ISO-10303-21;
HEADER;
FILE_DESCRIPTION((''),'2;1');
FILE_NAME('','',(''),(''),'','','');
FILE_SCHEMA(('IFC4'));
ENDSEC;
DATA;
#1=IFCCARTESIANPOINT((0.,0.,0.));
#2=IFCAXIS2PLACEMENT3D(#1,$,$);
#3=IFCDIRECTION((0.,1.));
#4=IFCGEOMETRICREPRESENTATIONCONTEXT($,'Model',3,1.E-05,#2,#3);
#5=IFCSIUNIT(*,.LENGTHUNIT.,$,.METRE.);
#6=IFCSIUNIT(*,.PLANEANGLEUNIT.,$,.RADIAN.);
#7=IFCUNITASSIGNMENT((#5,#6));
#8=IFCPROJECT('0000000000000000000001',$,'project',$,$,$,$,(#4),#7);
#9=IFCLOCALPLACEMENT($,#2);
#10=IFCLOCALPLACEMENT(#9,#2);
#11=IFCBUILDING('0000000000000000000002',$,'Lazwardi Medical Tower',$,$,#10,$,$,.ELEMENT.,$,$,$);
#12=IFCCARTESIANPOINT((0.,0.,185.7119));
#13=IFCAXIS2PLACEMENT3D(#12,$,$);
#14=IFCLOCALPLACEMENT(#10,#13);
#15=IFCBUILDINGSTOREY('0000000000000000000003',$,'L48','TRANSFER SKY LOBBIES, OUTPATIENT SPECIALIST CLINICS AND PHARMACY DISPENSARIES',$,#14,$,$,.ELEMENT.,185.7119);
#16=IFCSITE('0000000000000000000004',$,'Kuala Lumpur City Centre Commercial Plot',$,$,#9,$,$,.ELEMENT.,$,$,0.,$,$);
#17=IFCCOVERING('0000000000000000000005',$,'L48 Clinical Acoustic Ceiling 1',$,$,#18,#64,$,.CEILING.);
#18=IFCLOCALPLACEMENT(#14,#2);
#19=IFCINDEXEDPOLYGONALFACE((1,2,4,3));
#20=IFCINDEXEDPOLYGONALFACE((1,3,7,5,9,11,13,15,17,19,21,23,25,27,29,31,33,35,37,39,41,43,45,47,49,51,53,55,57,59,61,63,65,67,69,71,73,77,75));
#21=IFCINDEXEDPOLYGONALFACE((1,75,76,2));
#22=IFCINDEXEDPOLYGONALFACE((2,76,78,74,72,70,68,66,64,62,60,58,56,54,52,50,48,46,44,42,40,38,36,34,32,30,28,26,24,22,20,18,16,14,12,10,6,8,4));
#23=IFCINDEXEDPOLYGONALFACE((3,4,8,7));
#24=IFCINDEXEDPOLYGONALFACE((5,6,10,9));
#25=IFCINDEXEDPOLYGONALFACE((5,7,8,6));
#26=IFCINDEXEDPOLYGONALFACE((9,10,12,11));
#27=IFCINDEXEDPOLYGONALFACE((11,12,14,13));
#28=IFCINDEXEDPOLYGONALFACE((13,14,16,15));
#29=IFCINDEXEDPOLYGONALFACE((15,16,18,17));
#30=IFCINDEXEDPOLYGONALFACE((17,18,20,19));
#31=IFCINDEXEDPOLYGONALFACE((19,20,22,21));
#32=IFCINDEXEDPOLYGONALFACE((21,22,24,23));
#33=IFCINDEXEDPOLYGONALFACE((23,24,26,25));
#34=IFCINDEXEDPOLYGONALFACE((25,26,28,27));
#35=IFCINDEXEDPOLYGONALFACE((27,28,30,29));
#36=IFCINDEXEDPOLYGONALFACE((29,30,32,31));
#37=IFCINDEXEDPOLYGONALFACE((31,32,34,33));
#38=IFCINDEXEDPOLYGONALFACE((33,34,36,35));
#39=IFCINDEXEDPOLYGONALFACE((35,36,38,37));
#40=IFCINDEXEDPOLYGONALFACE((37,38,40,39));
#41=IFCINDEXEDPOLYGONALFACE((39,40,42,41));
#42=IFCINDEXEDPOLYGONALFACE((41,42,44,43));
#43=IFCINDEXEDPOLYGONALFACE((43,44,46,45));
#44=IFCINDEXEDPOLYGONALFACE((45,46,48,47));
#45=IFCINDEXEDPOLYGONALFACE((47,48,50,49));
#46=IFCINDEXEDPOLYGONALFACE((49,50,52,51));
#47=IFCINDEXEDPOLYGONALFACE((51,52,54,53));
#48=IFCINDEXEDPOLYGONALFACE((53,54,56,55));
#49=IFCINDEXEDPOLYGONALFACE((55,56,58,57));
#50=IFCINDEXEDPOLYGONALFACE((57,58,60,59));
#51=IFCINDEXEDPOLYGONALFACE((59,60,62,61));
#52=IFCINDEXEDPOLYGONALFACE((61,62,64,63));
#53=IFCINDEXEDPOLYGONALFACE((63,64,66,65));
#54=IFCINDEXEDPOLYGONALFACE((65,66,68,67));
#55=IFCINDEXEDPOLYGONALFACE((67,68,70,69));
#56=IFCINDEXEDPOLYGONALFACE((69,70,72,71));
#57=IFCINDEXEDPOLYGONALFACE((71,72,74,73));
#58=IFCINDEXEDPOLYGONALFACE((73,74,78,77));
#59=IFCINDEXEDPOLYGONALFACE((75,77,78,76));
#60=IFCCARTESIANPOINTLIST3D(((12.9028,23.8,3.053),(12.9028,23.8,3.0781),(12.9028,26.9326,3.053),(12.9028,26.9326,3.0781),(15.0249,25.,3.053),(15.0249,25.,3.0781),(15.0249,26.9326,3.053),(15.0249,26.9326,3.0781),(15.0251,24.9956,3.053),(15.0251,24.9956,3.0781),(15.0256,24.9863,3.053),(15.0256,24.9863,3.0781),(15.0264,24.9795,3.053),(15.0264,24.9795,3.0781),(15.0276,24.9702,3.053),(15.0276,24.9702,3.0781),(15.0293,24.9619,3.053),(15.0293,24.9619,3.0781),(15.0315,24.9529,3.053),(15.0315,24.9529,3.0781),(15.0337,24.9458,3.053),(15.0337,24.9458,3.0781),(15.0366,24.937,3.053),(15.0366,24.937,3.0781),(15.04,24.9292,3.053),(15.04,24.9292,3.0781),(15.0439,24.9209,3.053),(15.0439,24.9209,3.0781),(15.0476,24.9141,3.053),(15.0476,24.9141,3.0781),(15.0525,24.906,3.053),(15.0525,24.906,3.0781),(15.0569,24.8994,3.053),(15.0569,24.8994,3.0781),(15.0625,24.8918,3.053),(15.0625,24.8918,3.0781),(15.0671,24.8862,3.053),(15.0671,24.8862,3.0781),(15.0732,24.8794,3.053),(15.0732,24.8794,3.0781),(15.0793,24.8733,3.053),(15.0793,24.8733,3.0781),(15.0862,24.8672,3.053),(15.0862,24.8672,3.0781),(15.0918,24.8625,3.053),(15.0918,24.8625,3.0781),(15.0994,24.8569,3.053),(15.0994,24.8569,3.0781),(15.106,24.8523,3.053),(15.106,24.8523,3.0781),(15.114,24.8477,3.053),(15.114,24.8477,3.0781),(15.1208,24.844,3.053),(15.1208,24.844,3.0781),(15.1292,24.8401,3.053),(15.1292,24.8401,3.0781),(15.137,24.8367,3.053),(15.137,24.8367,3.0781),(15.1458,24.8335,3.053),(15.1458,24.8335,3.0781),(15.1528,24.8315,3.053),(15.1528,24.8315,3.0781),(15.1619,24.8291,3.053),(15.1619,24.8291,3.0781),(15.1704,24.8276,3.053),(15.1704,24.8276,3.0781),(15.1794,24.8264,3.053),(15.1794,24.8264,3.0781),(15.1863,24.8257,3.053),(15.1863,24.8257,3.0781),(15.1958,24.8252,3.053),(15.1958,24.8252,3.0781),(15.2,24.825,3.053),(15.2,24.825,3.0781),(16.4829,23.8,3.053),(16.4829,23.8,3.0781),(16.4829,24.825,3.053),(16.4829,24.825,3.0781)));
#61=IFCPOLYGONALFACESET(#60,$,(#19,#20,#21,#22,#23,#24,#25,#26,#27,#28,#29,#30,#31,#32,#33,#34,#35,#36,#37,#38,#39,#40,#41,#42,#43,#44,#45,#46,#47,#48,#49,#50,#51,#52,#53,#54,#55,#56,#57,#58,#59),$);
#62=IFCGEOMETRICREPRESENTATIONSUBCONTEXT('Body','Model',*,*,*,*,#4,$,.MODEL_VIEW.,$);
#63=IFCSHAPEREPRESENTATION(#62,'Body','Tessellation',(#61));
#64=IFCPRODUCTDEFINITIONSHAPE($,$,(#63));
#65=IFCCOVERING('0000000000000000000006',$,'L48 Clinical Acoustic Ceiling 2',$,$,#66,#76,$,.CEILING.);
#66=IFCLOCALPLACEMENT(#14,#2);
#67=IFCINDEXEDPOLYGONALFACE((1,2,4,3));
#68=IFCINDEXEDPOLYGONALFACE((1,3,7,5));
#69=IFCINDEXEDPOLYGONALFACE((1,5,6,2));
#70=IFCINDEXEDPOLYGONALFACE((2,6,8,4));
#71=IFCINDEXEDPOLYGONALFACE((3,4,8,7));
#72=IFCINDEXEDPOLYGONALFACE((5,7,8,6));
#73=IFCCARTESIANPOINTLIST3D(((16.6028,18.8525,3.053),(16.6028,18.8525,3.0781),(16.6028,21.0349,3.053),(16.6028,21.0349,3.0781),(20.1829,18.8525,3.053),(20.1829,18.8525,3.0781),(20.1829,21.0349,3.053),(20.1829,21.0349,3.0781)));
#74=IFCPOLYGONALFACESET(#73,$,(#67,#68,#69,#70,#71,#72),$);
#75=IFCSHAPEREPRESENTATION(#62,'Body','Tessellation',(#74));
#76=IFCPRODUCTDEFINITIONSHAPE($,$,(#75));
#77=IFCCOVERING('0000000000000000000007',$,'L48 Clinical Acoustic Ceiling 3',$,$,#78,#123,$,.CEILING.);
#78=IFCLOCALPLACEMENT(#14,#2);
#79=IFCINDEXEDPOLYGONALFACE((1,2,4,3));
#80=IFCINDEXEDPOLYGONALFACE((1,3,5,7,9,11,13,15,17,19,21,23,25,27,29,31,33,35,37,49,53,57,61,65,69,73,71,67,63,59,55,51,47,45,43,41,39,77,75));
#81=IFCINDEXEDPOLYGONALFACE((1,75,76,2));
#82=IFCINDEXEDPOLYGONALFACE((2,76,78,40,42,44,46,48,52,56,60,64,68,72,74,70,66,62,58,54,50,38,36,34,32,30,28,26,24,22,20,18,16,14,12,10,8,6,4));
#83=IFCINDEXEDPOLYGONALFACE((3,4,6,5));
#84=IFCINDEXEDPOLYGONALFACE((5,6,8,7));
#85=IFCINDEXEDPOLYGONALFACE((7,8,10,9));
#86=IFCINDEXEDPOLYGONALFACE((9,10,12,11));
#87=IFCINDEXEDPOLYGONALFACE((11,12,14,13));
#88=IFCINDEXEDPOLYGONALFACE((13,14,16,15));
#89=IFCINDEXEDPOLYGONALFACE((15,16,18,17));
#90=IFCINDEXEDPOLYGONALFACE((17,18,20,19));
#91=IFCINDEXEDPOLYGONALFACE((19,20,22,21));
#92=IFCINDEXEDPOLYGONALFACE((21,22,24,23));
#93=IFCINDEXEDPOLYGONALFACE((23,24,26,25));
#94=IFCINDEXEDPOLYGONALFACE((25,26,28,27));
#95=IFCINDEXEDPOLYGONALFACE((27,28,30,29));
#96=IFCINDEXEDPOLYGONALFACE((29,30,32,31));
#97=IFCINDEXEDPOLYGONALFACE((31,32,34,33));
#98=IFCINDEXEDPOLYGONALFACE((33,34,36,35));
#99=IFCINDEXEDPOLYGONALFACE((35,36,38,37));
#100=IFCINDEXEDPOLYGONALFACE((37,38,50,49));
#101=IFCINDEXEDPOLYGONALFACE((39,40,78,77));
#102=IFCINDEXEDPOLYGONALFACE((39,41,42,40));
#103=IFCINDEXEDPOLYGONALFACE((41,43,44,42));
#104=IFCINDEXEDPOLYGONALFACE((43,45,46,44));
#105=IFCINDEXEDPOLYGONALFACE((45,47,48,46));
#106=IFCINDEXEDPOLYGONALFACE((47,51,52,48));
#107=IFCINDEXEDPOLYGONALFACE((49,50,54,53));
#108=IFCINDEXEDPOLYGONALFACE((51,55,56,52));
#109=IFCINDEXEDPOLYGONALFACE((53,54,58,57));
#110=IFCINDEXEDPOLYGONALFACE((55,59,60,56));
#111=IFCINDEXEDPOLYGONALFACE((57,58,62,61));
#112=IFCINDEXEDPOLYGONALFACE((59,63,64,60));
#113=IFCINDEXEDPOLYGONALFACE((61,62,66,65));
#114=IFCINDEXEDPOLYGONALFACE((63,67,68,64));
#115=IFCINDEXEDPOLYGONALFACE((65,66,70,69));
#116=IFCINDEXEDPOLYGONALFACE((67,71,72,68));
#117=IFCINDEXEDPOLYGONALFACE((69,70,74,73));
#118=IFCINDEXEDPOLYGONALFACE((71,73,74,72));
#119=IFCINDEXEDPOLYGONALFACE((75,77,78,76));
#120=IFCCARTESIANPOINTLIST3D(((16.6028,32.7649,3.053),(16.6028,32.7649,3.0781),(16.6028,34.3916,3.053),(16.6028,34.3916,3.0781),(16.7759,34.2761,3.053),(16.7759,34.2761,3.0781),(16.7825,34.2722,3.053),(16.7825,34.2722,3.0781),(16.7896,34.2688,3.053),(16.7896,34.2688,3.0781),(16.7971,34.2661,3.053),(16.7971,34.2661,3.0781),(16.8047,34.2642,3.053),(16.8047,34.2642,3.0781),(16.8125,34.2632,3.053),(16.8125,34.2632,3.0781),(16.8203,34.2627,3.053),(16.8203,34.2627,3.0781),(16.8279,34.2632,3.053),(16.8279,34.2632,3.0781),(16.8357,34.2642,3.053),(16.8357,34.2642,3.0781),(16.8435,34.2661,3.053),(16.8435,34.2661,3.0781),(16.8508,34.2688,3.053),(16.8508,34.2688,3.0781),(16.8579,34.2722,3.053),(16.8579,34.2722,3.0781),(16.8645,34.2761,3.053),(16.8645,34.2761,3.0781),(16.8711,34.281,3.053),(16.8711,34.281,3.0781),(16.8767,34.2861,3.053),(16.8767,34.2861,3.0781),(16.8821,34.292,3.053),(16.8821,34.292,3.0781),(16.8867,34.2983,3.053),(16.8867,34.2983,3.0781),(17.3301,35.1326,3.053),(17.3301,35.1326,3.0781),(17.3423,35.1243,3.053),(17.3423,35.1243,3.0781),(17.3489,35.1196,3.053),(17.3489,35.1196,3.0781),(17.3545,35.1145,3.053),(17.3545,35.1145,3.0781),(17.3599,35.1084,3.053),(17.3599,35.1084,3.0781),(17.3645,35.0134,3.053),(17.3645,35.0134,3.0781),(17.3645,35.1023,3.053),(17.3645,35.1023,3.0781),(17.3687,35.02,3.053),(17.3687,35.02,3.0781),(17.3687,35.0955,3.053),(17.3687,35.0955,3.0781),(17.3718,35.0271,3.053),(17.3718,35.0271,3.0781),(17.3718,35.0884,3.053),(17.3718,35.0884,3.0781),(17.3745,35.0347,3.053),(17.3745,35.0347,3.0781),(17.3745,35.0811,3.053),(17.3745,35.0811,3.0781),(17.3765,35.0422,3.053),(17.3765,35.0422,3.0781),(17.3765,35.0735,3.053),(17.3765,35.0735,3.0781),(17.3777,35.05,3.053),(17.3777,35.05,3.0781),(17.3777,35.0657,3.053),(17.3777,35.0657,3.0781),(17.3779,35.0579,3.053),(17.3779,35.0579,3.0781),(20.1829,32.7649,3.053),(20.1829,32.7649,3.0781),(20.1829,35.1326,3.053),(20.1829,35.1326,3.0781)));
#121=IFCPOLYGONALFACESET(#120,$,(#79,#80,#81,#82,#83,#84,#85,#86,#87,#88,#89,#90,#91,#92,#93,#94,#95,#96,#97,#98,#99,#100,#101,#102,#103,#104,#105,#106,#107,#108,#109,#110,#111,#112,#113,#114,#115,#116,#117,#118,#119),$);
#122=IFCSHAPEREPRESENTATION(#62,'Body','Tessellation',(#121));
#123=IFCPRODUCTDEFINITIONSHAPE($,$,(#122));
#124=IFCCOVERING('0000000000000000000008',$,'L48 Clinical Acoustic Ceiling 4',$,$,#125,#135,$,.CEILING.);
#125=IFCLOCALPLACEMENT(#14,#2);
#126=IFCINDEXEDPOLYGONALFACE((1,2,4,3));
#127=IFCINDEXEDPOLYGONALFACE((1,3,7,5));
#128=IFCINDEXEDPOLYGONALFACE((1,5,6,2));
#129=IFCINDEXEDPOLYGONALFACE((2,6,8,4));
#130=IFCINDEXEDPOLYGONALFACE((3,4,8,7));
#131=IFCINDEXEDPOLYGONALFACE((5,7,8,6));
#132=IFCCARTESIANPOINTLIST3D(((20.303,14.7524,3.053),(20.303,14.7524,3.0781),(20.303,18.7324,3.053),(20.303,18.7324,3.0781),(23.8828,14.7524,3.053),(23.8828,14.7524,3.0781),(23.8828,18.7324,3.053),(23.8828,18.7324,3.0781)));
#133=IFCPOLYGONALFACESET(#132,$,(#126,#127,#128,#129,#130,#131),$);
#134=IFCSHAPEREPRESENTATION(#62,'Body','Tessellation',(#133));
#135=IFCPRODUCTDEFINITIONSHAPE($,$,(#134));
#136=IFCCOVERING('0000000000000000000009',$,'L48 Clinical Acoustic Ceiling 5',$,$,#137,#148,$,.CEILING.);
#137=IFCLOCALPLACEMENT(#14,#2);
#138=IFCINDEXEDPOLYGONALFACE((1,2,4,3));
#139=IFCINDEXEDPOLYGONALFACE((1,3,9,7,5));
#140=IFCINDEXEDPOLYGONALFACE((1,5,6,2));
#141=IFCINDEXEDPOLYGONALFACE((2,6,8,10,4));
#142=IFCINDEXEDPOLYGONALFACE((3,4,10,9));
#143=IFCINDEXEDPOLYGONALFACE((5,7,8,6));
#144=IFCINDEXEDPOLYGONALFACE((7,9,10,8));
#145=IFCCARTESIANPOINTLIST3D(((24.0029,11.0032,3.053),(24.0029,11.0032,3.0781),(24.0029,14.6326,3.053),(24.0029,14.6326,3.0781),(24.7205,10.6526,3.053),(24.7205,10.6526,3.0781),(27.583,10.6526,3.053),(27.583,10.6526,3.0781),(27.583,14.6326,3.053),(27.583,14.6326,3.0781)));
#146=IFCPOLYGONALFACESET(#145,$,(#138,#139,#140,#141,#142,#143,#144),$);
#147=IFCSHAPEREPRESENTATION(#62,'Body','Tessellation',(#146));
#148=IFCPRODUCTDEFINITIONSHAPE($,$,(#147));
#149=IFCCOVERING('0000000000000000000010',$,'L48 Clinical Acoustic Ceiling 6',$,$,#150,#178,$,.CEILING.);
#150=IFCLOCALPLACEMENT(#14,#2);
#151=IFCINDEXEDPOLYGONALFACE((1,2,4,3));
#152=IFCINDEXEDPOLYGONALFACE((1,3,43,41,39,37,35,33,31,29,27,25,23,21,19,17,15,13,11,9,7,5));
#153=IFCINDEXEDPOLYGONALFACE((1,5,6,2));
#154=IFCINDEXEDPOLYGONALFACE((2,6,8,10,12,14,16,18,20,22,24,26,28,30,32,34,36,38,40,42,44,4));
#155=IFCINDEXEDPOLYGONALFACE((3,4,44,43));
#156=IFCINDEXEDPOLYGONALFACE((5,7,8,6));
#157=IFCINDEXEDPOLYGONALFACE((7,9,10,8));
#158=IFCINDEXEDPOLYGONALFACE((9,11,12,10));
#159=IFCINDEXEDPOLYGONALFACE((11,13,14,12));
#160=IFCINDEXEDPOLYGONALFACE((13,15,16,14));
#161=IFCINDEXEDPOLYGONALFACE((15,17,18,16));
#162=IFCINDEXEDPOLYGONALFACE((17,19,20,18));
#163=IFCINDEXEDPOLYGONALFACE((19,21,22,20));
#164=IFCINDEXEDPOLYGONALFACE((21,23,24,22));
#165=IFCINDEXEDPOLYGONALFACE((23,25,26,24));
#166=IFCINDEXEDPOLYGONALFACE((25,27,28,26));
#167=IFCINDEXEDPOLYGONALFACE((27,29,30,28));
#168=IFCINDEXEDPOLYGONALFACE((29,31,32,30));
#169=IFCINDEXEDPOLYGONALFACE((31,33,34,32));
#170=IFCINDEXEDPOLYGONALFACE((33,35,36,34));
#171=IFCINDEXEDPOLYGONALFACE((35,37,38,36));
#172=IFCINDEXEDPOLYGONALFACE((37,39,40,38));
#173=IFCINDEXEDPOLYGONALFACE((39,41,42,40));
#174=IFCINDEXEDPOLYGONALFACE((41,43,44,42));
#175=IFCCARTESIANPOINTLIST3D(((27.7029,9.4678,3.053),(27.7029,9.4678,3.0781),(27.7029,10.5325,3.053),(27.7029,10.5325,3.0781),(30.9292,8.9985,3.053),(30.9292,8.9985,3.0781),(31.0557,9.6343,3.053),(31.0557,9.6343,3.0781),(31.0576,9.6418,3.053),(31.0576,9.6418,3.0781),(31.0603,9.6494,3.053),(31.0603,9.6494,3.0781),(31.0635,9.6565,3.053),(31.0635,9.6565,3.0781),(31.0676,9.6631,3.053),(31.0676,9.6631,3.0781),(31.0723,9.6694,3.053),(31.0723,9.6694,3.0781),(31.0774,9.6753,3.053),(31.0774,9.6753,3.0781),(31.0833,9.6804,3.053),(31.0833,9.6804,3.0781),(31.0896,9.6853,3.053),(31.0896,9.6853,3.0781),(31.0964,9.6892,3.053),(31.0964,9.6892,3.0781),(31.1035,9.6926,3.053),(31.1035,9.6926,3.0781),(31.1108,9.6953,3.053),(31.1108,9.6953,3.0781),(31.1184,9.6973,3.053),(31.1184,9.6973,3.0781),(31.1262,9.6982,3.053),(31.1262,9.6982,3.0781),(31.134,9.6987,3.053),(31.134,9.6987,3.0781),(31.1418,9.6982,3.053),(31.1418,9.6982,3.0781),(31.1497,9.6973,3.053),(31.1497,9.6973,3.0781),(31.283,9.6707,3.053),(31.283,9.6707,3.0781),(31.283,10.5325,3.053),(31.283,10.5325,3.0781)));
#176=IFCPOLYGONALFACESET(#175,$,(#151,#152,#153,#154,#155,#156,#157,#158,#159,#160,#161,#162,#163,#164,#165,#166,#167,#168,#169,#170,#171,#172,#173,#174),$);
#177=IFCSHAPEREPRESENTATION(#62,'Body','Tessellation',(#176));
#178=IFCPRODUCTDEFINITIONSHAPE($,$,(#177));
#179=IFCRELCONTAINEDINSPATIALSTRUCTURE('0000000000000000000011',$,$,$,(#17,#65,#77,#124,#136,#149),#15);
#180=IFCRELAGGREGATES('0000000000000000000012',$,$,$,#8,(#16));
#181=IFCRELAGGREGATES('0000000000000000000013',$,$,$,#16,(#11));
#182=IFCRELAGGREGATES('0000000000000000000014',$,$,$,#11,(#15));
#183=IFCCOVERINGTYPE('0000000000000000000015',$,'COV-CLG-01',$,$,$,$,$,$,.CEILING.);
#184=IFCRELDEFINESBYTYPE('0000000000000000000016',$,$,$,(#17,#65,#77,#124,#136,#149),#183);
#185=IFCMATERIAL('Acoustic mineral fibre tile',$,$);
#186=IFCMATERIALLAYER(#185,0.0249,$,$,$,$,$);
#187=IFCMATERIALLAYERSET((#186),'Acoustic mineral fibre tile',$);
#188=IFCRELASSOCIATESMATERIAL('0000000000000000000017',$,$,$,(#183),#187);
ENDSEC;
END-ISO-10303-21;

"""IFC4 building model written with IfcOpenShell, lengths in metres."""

from ifc_helpers import new_model, si_unit, direction, frame, origin, place, context, subcontext, project, spatial, polyline, outline, extrude, material, layer, layer_set, type_object, element, save


model = new_model("IFC4")

# Units and contexts
model_context = context("Model", 3, precision=1e-05, world=origin(), true_north=direction((0.0, 1.0)))
body_context = subcontext(model_context, "Body", "Model", "MODEL_VIEW")
ifc_project = project(units=[si_unit("LENGTHUNIT", "METRE"), si_unit("PLANEANGLEUNIT", "RADIAN")], contexts=[model_context])

# Site, building, storey
site_placement = place(None, origin())
site = spatial("IfcSite", under=ifc_project, at=site_placement, Name="Kuala Lumpur City Centre Commercial Plot", CompositionType="ELEMENT", RefElevation=0.0)
building_placement = place(site_placement, origin())
building = spatial("IfcBuilding", under=site, at=building_placement, Name="Lazwardi Medical Tower", CompositionType="ELEMENT")
storey_placement = place(building_placement, frame((0.0, 0.0, 185.7119)))
storey = spatial("IfcBuildingStorey", under=building, at=storey_placement, Name="L48", Description="TRANSFER SKY LOBBIES, OUTPATIENT SPECIALIST CLINICS AND PHARMACY DISPENSARIES", CompositionType="ELEMENT", Elevation=185.7119)

# Coverings
ifc_material_1 = material(Name="Acoustic mineral fibre tile")
ifc_layer_1 = layer(ifc_material_1, 0.0249)
ifc_layer_set_1 = layer_set([ifc_layer_1], Name="Acoustic mineral fibre tile")
covering_type_1 = type_object("IfcCoveringType", Name="COV-CLG-01", PredefinedType="CEILING", material=ifc_layer_set_1)
covering_1_placement = place(storey_placement, frame((0.0, 0.0, 3.053)))
element("IfcCovering", 1, at=covering_1_placement, inside=storey, type_object=covering_type_1, Name="L48 Clinical Acoustic Ceiling 1", PredefinedType="CEILING", context=body_context, shape_type="SweptSolid", body=[
    extrude(outline(polyline([(16.4829, 24.825), (15.2, 24.825), (15.1958, 24.8252), (15.1863, 24.8257), (15.1794, 24.8264), (15.1704, 24.8276), (15.1619, 24.8291), (15.1528, 24.8315), (15.1458, 24.8335), (15.137, 24.8367), (15.1292, 24.8401), (15.1208, 24.844), (15.114, 24.8477), (15.106, 24.8523), (15.0994, 24.8569), (15.0918, 24.8625), (15.0862, 24.8672), (15.0793, 24.8733), (15.0732, 24.8794), (15.0671, 24.8862), (15.0625, 24.8918), (15.0569, 24.8994), (15.0525, 24.906), (15.0476, 24.9141), (15.0439, 24.9209), (15.04, 24.9292), (15.0366, 24.937), (15.0337, 24.9458), (15.0315, 24.9529), (15.0293, 24.9619), (15.0276, 24.9702), (15.0264, 24.9795), (15.0256, 24.9863), (15.0251, 24.9956), (15.0249, 25.0), (15.0249, 26.9326), (12.9028, 26.9326), (12.9028, 23.8), (16.4829, 23.8), (16.4829, 24.825)])), origin(), (0.0, 0.0, 1.0), 0.0251),
])
covering_2_placement = place(storey_placement, frame((0.0, 0.0, 3.053)))
element("IfcCovering", 2, at=covering_2_placement, inside=storey, type_object=covering_type_1, Name="L48 Clinical Acoustic Ceiling 2", PredefinedType="CEILING", context=body_context, shape_type="SweptSolid", body=[
    extrude(outline(polyline([(20.1829, 21.0349), (16.6028, 21.0349), (16.6028, 18.8525), (20.1829, 18.8525), (20.1829, 21.0349)])), origin(), (0.0, 0.0, 1.0), 0.0251),
])
covering_3_placement = place(storey_placement, frame((0.0, 0.0, 3.053)))
element("IfcCovering", 3, at=covering_3_placement, inside=storey, type_object=covering_type_1, Name="L48 Clinical Acoustic Ceiling 3", PredefinedType="CEILING", context=body_context, shape_type="SweptSolid", body=[
    extrude(outline(polyline([(17.3301, 35.1326), (17.3423, 35.1243), (17.3489, 35.1196), (17.3545, 35.1145), (17.3599, 35.1084), (17.3645, 35.1023), (17.3687, 35.0955), (17.3718, 35.0884), (17.3745, 35.0811), (17.3765, 35.0735), (17.3777, 35.0657), (17.3779, 35.0579), (17.3777, 35.05), (17.3765, 35.0422), (17.3745, 35.0347), (17.3718, 35.0271), (17.3687, 35.02), (17.3645, 35.0134), (16.8867, 34.2983), (16.8821, 34.292), (16.8767, 34.2861), (16.8711, 34.281), (16.8645, 34.2761), (16.8579, 34.2722), (16.8508, 34.2688), (16.8435, 34.2661), (16.8357, 34.2642), (16.8279, 34.2632), (16.8203, 34.2627), (16.8125, 34.2632), (16.8047, 34.2642), (16.7971, 34.2661), (16.7896, 34.2688), (16.7825, 34.2722), (16.7759, 34.2761), (16.6028, 34.3916), (16.6028, 32.7649), (20.1829, 32.7649), (20.1829, 35.1326), (17.3301, 35.1326)])), origin(), (0.0, 0.0, 1.0), 0.0251),
])
covering_4_placement = place(storey_placement, frame((0.0, 0.0, 3.053)))
element("IfcCovering", 4, at=covering_4_placement, inside=storey, type_object=covering_type_1, Name="L48 Clinical Acoustic Ceiling 4", PredefinedType="CEILING", context=body_context, shape_type="SweptSolid", body=[
    extrude(outline(polyline([(23.8828, 14.7524), (23.8828, 18.7324), (20.303, 18.7324), (20.303, 14.7524), (23.8828, 14.7524)])), origin(), (0.0, 0.0, 1.0), 0.0251),
])
covering_5_placement = place(storey_placement, frame((0.0, 0.0, 3.053)))
element("IfcCovering", 5, at=covering_5_placement, inside=storey, type_object=covering_type_1, Name="L48 Clinical Acoustic Ceiling 5", PredefinedType="CEILING", context=body_context, shape_type="SweptSolid", body=[
    extrude(outline(polyline([(24.0029, 11.0032), (24.7205, 10.6526), (27.583, 10.6526), (27.583, 14.6326), (24.0029, 14.6326), (24.0029, 11.0032)])), origin(), (0.0, 0.0, 1.0), 0.0251),
])
covering_6_placement = place(storey_placement, frame((0.0, 0.0, 3.053)))
element("IfcCovering", 6, at=covering_6_placement, inside=storey, type_object=covering_type_1, Name="L48 Clinical Acoustic Ceiling 6", PredefinedType="CEILING", context=body_context, shape_type="SweptSolid", body=[
    extrude(outline(polyline([(27.7029, 9.4678), (30.9292, 8.9985), (31.0557, 9.6343), (31.0576, 9.6418), (31.0603, 9.6494), (31.0635, 9.6565), (31.0676, 9.6631), (31.0723, 9.6694), (31.0774, 9.6753), (31.0833, 9.6804), (31.0896, 9.6853), (31.0964, 9.6892), (31.1035, 9.6926), (31.1108, 9.6953), (31.1184, 9.6973), (31.1262, 9.6982), (31.134, 9.6987), (31.1418, 9.6982), (31.1497, 9.6973), (31.283, 9.6707), (31.283, 10.5325), (27.7029, 10.5325), (27.7029, 9.4678)])), origin(), (0.0, 0.0, 1.0), 0.0251),
])

save(model, "model.ifc")
